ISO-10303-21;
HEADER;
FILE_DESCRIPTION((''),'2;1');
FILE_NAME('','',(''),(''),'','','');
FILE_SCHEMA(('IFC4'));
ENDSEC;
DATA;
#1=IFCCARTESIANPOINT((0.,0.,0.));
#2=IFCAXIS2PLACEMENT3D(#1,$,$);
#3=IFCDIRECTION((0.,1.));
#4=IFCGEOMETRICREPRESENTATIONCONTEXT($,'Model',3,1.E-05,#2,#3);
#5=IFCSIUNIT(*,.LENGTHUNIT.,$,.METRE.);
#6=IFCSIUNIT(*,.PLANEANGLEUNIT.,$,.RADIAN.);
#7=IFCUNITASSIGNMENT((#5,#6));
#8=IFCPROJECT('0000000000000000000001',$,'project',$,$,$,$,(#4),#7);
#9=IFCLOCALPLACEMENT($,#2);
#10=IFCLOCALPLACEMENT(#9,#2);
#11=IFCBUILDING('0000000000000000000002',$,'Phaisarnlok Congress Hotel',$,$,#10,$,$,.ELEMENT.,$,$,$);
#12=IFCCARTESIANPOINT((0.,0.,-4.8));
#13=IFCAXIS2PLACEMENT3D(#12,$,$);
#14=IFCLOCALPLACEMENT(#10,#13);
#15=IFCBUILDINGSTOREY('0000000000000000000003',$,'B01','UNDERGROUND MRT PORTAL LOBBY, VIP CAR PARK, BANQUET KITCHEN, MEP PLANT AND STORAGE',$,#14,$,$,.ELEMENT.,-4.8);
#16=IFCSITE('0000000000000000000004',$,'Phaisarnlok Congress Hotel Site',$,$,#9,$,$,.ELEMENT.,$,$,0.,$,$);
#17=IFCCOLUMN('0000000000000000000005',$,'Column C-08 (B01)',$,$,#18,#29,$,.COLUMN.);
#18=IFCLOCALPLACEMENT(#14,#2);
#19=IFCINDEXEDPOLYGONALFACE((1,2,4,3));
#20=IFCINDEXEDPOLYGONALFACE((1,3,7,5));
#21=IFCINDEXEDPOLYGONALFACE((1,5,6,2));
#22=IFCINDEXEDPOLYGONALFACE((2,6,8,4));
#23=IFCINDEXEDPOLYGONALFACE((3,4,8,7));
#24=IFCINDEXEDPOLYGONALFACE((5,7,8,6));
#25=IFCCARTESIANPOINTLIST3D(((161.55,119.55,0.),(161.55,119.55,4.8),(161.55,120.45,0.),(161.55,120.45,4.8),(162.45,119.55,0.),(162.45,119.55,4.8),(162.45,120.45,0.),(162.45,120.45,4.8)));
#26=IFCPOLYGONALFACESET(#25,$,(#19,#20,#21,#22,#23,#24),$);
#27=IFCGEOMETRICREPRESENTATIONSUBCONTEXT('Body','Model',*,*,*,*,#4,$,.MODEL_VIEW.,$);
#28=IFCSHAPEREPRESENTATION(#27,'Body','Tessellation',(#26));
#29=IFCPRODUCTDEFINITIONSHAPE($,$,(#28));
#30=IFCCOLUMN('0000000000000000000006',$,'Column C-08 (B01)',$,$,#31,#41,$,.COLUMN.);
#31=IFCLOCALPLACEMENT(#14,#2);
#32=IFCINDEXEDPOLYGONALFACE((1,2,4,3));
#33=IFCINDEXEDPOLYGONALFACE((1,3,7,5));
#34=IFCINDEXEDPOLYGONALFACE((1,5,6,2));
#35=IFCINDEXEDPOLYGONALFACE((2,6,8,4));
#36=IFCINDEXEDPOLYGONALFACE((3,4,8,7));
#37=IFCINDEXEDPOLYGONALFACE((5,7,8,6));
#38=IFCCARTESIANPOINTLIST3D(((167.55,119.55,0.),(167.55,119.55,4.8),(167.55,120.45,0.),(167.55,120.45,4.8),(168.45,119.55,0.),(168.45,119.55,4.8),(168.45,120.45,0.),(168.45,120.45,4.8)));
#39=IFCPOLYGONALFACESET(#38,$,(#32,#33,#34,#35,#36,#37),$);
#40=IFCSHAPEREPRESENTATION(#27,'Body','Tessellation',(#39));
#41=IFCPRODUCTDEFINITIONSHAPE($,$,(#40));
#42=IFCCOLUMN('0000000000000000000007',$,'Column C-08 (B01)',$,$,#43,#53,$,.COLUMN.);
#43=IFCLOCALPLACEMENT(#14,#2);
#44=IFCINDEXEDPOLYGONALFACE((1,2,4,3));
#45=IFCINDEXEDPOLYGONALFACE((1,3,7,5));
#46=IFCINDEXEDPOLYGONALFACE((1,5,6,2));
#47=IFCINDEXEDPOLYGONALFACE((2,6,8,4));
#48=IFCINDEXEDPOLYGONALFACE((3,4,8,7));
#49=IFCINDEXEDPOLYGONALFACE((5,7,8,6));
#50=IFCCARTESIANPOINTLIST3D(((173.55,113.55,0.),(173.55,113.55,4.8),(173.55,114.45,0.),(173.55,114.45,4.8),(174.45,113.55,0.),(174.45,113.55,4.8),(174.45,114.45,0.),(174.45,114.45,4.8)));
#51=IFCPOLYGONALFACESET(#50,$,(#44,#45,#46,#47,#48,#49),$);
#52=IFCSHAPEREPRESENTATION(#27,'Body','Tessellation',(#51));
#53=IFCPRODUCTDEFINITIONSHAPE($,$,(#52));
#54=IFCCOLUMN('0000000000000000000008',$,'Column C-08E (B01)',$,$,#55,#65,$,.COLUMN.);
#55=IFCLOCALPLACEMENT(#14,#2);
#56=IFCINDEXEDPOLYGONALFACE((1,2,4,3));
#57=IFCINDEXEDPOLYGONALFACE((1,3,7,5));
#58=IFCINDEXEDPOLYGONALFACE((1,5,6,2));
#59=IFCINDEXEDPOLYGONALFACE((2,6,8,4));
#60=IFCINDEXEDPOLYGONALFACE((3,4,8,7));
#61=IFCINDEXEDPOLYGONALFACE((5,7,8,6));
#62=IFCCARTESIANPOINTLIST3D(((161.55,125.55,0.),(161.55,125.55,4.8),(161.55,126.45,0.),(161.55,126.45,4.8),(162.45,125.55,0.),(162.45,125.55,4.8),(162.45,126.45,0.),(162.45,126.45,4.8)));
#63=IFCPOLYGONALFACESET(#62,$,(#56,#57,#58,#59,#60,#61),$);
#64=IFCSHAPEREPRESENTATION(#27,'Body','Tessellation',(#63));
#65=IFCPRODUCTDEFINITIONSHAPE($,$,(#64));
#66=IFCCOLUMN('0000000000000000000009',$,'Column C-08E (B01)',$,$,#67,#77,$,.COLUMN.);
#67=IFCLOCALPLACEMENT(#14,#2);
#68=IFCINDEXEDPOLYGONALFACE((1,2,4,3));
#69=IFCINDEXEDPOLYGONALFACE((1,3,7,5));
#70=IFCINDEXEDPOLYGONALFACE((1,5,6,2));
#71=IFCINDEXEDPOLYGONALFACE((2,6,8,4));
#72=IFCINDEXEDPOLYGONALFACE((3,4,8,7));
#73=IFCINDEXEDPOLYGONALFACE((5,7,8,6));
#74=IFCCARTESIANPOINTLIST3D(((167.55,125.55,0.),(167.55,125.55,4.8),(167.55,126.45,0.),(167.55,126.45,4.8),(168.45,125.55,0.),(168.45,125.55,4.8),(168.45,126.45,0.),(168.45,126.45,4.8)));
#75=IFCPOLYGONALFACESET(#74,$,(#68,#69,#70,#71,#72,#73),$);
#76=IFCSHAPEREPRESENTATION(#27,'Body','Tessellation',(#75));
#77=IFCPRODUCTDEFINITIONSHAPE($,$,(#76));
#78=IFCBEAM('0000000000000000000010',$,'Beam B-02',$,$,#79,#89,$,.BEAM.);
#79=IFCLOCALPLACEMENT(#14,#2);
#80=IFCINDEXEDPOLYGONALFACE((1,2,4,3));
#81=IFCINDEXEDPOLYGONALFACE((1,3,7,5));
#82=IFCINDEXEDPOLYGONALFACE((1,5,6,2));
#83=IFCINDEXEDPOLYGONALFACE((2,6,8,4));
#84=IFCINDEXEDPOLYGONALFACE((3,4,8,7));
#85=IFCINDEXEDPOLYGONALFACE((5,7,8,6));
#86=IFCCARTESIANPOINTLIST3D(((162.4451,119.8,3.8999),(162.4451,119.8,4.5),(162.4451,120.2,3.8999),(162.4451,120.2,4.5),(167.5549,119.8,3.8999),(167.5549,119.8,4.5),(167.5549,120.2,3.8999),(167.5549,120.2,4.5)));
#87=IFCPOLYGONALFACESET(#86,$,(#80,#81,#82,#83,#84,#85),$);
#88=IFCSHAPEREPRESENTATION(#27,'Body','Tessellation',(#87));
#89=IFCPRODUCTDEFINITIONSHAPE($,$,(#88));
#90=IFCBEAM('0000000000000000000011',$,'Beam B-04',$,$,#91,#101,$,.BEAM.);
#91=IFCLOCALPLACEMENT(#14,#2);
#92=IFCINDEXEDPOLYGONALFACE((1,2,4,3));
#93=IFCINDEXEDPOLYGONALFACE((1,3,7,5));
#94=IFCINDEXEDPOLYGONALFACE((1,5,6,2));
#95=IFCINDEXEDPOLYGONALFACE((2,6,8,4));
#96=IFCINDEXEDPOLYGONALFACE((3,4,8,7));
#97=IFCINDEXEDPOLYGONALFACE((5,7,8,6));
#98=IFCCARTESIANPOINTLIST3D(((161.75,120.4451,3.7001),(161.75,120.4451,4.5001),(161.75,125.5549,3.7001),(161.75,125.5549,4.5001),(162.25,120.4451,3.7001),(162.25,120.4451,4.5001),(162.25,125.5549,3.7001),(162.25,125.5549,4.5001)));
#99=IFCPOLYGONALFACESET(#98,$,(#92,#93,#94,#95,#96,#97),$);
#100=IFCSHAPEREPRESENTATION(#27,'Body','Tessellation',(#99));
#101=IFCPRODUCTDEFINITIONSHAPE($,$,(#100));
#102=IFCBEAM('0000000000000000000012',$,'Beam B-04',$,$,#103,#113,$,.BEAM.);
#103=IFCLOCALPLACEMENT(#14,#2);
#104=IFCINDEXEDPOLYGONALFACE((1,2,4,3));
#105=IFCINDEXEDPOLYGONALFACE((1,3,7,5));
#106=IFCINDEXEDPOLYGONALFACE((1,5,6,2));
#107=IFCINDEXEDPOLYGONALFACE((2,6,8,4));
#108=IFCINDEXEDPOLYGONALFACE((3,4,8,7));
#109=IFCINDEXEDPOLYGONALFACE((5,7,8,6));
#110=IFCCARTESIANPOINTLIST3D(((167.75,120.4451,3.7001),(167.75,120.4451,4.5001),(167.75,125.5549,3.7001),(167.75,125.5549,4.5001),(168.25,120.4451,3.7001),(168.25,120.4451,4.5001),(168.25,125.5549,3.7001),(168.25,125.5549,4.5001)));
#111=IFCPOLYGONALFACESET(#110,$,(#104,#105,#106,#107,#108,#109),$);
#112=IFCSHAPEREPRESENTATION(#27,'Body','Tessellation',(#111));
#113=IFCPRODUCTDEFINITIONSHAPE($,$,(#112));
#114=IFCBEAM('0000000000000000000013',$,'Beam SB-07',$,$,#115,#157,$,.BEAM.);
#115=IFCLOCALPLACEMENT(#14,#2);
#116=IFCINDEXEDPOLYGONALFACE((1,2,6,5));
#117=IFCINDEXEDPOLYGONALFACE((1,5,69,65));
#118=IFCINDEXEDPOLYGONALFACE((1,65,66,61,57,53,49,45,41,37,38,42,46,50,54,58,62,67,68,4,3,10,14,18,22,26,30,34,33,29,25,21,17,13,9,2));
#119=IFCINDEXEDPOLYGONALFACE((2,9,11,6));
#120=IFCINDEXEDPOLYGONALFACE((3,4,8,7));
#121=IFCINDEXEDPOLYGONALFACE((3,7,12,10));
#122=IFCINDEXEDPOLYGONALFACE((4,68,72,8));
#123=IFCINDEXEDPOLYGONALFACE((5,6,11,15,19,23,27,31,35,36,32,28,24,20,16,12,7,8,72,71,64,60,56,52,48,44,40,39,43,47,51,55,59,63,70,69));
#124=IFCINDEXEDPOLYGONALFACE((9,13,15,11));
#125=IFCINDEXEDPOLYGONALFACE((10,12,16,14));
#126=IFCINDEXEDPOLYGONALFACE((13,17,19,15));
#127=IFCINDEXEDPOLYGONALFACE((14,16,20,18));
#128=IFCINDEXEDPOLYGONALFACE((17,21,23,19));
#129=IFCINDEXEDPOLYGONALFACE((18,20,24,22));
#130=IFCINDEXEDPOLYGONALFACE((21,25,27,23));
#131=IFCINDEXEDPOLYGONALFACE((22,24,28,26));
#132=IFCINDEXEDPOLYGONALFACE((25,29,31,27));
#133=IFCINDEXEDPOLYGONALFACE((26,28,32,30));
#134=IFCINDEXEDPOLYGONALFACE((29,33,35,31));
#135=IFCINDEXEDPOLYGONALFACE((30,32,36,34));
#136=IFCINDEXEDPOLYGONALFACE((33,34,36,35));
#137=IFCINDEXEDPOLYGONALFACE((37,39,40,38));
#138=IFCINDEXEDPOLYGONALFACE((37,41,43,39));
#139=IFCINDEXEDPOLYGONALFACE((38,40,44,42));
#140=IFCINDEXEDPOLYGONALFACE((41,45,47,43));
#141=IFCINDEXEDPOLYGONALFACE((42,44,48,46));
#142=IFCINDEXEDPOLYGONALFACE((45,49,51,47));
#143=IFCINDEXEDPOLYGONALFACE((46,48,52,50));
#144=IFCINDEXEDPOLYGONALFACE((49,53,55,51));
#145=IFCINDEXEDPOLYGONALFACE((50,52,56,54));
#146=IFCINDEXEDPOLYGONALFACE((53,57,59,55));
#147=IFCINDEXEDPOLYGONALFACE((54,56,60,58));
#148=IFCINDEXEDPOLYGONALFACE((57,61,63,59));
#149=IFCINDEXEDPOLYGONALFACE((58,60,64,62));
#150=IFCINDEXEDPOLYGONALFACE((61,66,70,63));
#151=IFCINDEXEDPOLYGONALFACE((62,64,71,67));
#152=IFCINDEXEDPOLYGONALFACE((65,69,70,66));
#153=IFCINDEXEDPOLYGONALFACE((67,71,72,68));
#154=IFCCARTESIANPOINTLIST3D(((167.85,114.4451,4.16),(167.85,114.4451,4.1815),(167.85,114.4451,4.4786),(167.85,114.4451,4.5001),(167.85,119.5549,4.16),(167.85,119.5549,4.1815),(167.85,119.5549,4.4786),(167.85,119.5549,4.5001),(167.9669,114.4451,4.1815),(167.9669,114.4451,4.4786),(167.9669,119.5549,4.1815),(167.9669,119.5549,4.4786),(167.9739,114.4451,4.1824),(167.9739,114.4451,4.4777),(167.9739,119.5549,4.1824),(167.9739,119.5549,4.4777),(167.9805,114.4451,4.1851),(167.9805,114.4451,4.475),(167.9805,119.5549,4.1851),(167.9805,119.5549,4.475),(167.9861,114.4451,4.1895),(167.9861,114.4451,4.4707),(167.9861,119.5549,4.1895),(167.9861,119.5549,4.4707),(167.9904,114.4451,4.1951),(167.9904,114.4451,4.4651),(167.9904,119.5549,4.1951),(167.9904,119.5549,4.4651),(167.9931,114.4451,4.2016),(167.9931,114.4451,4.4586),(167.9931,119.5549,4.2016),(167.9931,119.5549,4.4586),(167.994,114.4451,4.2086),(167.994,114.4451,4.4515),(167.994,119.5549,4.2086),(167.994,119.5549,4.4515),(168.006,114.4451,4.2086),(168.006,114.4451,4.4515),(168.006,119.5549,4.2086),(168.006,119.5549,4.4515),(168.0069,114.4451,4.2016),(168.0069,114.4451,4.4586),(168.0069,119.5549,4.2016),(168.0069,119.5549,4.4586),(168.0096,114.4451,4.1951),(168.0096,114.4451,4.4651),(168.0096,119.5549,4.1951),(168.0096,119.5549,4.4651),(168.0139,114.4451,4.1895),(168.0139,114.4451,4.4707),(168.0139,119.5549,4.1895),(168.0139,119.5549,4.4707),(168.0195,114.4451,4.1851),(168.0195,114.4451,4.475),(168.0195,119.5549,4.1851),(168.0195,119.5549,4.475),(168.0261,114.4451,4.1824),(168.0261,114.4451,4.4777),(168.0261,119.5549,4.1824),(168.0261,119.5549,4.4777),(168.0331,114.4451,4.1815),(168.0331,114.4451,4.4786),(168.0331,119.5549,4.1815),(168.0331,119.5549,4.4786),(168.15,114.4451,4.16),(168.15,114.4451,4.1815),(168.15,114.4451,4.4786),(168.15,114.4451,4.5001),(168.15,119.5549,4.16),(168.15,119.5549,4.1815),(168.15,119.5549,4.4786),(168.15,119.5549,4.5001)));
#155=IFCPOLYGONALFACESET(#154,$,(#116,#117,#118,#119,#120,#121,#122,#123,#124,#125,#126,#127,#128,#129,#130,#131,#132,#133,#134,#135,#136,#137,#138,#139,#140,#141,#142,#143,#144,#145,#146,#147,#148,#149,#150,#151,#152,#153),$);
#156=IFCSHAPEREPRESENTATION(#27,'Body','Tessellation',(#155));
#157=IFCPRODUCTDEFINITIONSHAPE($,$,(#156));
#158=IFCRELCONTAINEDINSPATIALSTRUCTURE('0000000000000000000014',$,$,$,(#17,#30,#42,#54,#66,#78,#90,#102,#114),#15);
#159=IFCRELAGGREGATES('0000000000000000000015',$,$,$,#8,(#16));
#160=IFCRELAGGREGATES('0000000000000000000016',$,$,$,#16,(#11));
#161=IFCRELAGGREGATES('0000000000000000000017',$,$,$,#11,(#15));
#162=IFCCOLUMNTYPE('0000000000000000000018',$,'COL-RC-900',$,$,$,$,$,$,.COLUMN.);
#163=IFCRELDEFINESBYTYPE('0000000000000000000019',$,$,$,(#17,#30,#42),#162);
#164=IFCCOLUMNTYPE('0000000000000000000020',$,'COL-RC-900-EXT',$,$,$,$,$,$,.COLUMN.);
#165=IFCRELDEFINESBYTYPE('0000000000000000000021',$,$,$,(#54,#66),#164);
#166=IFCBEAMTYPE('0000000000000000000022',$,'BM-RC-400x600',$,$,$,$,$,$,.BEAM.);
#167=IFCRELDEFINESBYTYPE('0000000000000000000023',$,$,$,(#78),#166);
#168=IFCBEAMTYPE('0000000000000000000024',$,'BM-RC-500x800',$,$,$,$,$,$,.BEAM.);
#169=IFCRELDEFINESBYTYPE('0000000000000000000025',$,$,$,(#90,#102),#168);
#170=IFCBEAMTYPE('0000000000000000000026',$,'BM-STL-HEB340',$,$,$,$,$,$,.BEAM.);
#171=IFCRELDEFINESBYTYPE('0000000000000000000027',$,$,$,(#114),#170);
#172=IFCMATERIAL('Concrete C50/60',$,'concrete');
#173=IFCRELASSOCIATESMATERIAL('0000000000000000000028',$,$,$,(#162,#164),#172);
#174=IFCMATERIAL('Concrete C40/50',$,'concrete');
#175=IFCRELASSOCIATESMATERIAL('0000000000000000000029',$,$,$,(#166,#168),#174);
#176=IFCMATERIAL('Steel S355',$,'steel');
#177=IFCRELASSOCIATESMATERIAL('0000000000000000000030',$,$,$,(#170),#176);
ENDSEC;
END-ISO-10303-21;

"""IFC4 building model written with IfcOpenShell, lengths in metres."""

from ifc_helpers import new_model, si_unit, direction, frame, origin, origin_2d, place, context, subcontext, project, spatial, rectangle, i_section, extrude, material, material_profile, profile_set, type_object, element, save


model = new_model("IFC4")

# Units and contexts
model_context = context("Model", 3, precision=1e-05, world=origin(), true_north=direction((0.0, 1.0)))
body_context = subcontext(model_context, "Body", "Model", "MODEL_VIEW")
ifc_project = project(units=[si_unit("LENGTHUNIT", "METRE"), si_unit("PLANEANGLEUNIT", "RADIAN")], contexts=[model_context])

# Site, building, storey
site_placement = place(None, origin())
site = spatial("IfcSite", under=ifc_project, at=site_placement, Name="Phaisarnlok Congress Hotel Site", CompositionType="ELEMENT", RefElevation=0.0)
building_placement = place(site_placement, origin())
building = spatial("IfcBuilding", under=site, at=building_placement, Name="Phaisarnlok Congress Hotel", CompositionType="ELEMENT")
storey_placement = place(building_placement, frame((0.0, 0.0, -4.8)))
storey = spatial("IfcBuildingStorey", under=building, at=storey_placement, Name="B01", Description="UNDERGROUND MRT PORTAL LOBBY, VIP CAR PARK, BANQUET KITCHEN, MEP PLANT AND STORAGE", CompositionType="ELEMENT", Elevation=-4.8)

# Shared definitions
ifc_material_1 = material(Name="Concrete C40/50", Category="concrete")

# Columns
ifc_material_2 = material(Name="Concrete C50/60", Category="concrete")
ifc_material_profile_1 = material_profile(ifc_material_2, rectangle(XDim=0.8999, YDim=0.8999, at=origin_2d()), Name="RC 900x900")
ifc_profile_set_1 = profile_set([ifc_material_profile_1], Name="Concrete C50/60")
column_type_1 = type_object("IfcColumnType", Name="COL-RC-900", PredefinedType="COLUMN", material=ifc_profile_set_1)
for number, where, z_axis, x_axis, name in (
    (1, (162.0, 120.0, 0.0), (0.0, 0.0, 1.0), (1.0, 0.0, 0.0), "Column C-08 (B01)"),
    (2, (168.0, 120.0, 0.0), (0.0, 0.0, 1.0), (1.0, 0.0, 0.0), "Column C-08 (B01)"),
    (3, (174.0, 114.0, 0.0), (0.0, 0.0, 1.0), (1.0, 0.0, 0.0), "Column C-08 (B01)"),
):
    element("IfcColumn", number, at=place(storey_placement, frame(where, z_axis=z_axis, x_axis=x_axis)), inside=storey, type_object=column_type_1, Name=name, PredefinedType="COLUMN", context=body_context, shape_type="SweptSolid", body=[
        extrude(rectangle(XDim=0.8999, YDim=0.8999, at=origin_2d()), origin(), (0.0, 0.0, 1.0), 4.8),
    ])
ifc_material_profile_2 = material_profile(ifc_material_2, rectangle(XDim=0.8999, YDim=0.8999, at=origin_2d()), Name="RC 900x900")
ifc_profile_set_2 = profile_set([ifc_material_profile_2], Name="Concrete C50/60")
column_type_2 = type_object("IfcColumnType", Name="COL-RC-900-EXT", PredefinedType="COLUMN", material=ifc_profile_set_2)
for number, where, z_axis, x_axis, name in (
    (4, (162.0, 126.0, 0.0), (0.0, 0.0, 1.0), (1.0, 0.0, 0.0), "Column C-08E (B01)"),
    (5, (168.0, 126.0, 0.0), (0.0, 0.0, 1.0), (1.0, 0.0, 0.0), "Column C-08E (B01)"),
):
    element("IfcColumn", number, at=place(storey_placement, frame(where, z_axis=z_axis, x_axis=x_axis)), inside=storey, type_object=column_type_2, Name=name, PredefinedType="COLUMN", context=body_context, shape_type="SweptSolid", body=[
        extrude(rectangle(XDim=0.8999, YDim=0.8999, at=origin_2d()), origin(), (0.0, 0.0, 1.0), 4.8),
    ])

# Beams
ifc_material_profile_3 = material_profile(ifc_material_1, rectangle(XDim=0.3999, YDim=0.6001, at=origin_2d()), Name="RC 400x600")
ifc_profile_set_3 = profile_set([ifc_material_profile_3], Name="Concrete C40/50")
beam_type_1 = type_object("IfcBeamType", Name="BM-RC-400x600", PredefinedType="BEAM", material=ifc_profile_set_3)
beam_1_placement = place(storey_placement, frame((162.4451, 120.0, 4.2), z_axis=(1.0, 0.0, 0.0), x_axis=(0.0, 1.0, 0.0)))
element("IfcBeam", 6, at=beam_1_placement, inside=storey, type_object=beam_type_1, Name="Beam B-02", PredefinedType="BEAM", context=body_context, shape_type="SweptSolid", body=[
    extrude(rectangle(XDim=0.3999, YDim=0.6001, at=origin_2d()), origin(), (0.0, 0.0, 1.0), 5.1099),
])
ifc_material_profile_4 = material_profile(ifc_material_1, rectangle(XDim=0.5, YDim=0.8, at=origin_2d()), Name="RC 500x800")
ifc_profile_set_4 = profile_set([ifc_material_profile_4], Name="Concrete C40/50")
beam_type_2 = type_object("IfcBeamType", Name="BM-RC-500x800", PredefinedType="BEAM", material=ifc_profile_set_4)
for number, where, z_axis, x_axis, name in (
    (7, (162.0, 120.4451, 4.1001), (0.0, 1.0, 0.0), (-1.0, 0.0, 0.0), "Beam B-04"),
    (8, (168.0, 120.4451, 4.1001), (0.0, 1.0, 0.0), (-1.0, 0.0, 0.0), "Beam B-04"),
):
    element("IfcBeam", number, at=place(storey_placement, frame(where, z_axis=z_axis, x_axis=x_axis)), inside=storey, type_object=beam_type_2, Name=name, PredefinedType="BEAM", context=body_context, shape_type="SweptSolid", body=[
        extrude(rectangle(XDim=0.5, YDim=0.8, at=origin_2d()), origin(), (0.0, 0.0, 1.0), 5.1099),
    ])
ifc_material_3 = material(Name="Steel S355", Category="steel")
ifc_material_profile_5 = material_profile(ifc_material_3, i_section(OverallWidth=0.3, OverallDepth=0.3401, WebThickness=0.012, FlangeThickness=0.0215, FilletRadius=0.0271, at=origin_2d()), Name="HEB 340")
ifc_profile_set_5 = profile_set([ifc_material_profile_5], Name="Steel S355")
beam_type_3 = type_object("IfcBeamType", Name="BM-STL-HEB340", PredefinedType="BEAM", material=ifc_profile_set_5)
beam_2_placement = place(storey_placement, frame((168.0, 114.4451, 4.3301), z_axis=(0.0, 1.0, 0.0), x_axis=(-1.0, 0.0, 0.0)))
element("IfcBeam", 9, at=beam_2_placement, inside=storey, type_object=beam_type_3, Name="Beam SB-07", PredefinedType="BEAM", context=body_context, shape_type="SweptSolid", body=[
    extrude(i_section(OverallWidth=0.3, OverallDepth=0.3401, WebThickness=0.012, FlangeThickness=0.0215, FilletRadius=0.0271, at=origin_2d()), origin(), (0.0, 0.0, 1.0), 5.1099),
])

save(model, "model.ifc")
